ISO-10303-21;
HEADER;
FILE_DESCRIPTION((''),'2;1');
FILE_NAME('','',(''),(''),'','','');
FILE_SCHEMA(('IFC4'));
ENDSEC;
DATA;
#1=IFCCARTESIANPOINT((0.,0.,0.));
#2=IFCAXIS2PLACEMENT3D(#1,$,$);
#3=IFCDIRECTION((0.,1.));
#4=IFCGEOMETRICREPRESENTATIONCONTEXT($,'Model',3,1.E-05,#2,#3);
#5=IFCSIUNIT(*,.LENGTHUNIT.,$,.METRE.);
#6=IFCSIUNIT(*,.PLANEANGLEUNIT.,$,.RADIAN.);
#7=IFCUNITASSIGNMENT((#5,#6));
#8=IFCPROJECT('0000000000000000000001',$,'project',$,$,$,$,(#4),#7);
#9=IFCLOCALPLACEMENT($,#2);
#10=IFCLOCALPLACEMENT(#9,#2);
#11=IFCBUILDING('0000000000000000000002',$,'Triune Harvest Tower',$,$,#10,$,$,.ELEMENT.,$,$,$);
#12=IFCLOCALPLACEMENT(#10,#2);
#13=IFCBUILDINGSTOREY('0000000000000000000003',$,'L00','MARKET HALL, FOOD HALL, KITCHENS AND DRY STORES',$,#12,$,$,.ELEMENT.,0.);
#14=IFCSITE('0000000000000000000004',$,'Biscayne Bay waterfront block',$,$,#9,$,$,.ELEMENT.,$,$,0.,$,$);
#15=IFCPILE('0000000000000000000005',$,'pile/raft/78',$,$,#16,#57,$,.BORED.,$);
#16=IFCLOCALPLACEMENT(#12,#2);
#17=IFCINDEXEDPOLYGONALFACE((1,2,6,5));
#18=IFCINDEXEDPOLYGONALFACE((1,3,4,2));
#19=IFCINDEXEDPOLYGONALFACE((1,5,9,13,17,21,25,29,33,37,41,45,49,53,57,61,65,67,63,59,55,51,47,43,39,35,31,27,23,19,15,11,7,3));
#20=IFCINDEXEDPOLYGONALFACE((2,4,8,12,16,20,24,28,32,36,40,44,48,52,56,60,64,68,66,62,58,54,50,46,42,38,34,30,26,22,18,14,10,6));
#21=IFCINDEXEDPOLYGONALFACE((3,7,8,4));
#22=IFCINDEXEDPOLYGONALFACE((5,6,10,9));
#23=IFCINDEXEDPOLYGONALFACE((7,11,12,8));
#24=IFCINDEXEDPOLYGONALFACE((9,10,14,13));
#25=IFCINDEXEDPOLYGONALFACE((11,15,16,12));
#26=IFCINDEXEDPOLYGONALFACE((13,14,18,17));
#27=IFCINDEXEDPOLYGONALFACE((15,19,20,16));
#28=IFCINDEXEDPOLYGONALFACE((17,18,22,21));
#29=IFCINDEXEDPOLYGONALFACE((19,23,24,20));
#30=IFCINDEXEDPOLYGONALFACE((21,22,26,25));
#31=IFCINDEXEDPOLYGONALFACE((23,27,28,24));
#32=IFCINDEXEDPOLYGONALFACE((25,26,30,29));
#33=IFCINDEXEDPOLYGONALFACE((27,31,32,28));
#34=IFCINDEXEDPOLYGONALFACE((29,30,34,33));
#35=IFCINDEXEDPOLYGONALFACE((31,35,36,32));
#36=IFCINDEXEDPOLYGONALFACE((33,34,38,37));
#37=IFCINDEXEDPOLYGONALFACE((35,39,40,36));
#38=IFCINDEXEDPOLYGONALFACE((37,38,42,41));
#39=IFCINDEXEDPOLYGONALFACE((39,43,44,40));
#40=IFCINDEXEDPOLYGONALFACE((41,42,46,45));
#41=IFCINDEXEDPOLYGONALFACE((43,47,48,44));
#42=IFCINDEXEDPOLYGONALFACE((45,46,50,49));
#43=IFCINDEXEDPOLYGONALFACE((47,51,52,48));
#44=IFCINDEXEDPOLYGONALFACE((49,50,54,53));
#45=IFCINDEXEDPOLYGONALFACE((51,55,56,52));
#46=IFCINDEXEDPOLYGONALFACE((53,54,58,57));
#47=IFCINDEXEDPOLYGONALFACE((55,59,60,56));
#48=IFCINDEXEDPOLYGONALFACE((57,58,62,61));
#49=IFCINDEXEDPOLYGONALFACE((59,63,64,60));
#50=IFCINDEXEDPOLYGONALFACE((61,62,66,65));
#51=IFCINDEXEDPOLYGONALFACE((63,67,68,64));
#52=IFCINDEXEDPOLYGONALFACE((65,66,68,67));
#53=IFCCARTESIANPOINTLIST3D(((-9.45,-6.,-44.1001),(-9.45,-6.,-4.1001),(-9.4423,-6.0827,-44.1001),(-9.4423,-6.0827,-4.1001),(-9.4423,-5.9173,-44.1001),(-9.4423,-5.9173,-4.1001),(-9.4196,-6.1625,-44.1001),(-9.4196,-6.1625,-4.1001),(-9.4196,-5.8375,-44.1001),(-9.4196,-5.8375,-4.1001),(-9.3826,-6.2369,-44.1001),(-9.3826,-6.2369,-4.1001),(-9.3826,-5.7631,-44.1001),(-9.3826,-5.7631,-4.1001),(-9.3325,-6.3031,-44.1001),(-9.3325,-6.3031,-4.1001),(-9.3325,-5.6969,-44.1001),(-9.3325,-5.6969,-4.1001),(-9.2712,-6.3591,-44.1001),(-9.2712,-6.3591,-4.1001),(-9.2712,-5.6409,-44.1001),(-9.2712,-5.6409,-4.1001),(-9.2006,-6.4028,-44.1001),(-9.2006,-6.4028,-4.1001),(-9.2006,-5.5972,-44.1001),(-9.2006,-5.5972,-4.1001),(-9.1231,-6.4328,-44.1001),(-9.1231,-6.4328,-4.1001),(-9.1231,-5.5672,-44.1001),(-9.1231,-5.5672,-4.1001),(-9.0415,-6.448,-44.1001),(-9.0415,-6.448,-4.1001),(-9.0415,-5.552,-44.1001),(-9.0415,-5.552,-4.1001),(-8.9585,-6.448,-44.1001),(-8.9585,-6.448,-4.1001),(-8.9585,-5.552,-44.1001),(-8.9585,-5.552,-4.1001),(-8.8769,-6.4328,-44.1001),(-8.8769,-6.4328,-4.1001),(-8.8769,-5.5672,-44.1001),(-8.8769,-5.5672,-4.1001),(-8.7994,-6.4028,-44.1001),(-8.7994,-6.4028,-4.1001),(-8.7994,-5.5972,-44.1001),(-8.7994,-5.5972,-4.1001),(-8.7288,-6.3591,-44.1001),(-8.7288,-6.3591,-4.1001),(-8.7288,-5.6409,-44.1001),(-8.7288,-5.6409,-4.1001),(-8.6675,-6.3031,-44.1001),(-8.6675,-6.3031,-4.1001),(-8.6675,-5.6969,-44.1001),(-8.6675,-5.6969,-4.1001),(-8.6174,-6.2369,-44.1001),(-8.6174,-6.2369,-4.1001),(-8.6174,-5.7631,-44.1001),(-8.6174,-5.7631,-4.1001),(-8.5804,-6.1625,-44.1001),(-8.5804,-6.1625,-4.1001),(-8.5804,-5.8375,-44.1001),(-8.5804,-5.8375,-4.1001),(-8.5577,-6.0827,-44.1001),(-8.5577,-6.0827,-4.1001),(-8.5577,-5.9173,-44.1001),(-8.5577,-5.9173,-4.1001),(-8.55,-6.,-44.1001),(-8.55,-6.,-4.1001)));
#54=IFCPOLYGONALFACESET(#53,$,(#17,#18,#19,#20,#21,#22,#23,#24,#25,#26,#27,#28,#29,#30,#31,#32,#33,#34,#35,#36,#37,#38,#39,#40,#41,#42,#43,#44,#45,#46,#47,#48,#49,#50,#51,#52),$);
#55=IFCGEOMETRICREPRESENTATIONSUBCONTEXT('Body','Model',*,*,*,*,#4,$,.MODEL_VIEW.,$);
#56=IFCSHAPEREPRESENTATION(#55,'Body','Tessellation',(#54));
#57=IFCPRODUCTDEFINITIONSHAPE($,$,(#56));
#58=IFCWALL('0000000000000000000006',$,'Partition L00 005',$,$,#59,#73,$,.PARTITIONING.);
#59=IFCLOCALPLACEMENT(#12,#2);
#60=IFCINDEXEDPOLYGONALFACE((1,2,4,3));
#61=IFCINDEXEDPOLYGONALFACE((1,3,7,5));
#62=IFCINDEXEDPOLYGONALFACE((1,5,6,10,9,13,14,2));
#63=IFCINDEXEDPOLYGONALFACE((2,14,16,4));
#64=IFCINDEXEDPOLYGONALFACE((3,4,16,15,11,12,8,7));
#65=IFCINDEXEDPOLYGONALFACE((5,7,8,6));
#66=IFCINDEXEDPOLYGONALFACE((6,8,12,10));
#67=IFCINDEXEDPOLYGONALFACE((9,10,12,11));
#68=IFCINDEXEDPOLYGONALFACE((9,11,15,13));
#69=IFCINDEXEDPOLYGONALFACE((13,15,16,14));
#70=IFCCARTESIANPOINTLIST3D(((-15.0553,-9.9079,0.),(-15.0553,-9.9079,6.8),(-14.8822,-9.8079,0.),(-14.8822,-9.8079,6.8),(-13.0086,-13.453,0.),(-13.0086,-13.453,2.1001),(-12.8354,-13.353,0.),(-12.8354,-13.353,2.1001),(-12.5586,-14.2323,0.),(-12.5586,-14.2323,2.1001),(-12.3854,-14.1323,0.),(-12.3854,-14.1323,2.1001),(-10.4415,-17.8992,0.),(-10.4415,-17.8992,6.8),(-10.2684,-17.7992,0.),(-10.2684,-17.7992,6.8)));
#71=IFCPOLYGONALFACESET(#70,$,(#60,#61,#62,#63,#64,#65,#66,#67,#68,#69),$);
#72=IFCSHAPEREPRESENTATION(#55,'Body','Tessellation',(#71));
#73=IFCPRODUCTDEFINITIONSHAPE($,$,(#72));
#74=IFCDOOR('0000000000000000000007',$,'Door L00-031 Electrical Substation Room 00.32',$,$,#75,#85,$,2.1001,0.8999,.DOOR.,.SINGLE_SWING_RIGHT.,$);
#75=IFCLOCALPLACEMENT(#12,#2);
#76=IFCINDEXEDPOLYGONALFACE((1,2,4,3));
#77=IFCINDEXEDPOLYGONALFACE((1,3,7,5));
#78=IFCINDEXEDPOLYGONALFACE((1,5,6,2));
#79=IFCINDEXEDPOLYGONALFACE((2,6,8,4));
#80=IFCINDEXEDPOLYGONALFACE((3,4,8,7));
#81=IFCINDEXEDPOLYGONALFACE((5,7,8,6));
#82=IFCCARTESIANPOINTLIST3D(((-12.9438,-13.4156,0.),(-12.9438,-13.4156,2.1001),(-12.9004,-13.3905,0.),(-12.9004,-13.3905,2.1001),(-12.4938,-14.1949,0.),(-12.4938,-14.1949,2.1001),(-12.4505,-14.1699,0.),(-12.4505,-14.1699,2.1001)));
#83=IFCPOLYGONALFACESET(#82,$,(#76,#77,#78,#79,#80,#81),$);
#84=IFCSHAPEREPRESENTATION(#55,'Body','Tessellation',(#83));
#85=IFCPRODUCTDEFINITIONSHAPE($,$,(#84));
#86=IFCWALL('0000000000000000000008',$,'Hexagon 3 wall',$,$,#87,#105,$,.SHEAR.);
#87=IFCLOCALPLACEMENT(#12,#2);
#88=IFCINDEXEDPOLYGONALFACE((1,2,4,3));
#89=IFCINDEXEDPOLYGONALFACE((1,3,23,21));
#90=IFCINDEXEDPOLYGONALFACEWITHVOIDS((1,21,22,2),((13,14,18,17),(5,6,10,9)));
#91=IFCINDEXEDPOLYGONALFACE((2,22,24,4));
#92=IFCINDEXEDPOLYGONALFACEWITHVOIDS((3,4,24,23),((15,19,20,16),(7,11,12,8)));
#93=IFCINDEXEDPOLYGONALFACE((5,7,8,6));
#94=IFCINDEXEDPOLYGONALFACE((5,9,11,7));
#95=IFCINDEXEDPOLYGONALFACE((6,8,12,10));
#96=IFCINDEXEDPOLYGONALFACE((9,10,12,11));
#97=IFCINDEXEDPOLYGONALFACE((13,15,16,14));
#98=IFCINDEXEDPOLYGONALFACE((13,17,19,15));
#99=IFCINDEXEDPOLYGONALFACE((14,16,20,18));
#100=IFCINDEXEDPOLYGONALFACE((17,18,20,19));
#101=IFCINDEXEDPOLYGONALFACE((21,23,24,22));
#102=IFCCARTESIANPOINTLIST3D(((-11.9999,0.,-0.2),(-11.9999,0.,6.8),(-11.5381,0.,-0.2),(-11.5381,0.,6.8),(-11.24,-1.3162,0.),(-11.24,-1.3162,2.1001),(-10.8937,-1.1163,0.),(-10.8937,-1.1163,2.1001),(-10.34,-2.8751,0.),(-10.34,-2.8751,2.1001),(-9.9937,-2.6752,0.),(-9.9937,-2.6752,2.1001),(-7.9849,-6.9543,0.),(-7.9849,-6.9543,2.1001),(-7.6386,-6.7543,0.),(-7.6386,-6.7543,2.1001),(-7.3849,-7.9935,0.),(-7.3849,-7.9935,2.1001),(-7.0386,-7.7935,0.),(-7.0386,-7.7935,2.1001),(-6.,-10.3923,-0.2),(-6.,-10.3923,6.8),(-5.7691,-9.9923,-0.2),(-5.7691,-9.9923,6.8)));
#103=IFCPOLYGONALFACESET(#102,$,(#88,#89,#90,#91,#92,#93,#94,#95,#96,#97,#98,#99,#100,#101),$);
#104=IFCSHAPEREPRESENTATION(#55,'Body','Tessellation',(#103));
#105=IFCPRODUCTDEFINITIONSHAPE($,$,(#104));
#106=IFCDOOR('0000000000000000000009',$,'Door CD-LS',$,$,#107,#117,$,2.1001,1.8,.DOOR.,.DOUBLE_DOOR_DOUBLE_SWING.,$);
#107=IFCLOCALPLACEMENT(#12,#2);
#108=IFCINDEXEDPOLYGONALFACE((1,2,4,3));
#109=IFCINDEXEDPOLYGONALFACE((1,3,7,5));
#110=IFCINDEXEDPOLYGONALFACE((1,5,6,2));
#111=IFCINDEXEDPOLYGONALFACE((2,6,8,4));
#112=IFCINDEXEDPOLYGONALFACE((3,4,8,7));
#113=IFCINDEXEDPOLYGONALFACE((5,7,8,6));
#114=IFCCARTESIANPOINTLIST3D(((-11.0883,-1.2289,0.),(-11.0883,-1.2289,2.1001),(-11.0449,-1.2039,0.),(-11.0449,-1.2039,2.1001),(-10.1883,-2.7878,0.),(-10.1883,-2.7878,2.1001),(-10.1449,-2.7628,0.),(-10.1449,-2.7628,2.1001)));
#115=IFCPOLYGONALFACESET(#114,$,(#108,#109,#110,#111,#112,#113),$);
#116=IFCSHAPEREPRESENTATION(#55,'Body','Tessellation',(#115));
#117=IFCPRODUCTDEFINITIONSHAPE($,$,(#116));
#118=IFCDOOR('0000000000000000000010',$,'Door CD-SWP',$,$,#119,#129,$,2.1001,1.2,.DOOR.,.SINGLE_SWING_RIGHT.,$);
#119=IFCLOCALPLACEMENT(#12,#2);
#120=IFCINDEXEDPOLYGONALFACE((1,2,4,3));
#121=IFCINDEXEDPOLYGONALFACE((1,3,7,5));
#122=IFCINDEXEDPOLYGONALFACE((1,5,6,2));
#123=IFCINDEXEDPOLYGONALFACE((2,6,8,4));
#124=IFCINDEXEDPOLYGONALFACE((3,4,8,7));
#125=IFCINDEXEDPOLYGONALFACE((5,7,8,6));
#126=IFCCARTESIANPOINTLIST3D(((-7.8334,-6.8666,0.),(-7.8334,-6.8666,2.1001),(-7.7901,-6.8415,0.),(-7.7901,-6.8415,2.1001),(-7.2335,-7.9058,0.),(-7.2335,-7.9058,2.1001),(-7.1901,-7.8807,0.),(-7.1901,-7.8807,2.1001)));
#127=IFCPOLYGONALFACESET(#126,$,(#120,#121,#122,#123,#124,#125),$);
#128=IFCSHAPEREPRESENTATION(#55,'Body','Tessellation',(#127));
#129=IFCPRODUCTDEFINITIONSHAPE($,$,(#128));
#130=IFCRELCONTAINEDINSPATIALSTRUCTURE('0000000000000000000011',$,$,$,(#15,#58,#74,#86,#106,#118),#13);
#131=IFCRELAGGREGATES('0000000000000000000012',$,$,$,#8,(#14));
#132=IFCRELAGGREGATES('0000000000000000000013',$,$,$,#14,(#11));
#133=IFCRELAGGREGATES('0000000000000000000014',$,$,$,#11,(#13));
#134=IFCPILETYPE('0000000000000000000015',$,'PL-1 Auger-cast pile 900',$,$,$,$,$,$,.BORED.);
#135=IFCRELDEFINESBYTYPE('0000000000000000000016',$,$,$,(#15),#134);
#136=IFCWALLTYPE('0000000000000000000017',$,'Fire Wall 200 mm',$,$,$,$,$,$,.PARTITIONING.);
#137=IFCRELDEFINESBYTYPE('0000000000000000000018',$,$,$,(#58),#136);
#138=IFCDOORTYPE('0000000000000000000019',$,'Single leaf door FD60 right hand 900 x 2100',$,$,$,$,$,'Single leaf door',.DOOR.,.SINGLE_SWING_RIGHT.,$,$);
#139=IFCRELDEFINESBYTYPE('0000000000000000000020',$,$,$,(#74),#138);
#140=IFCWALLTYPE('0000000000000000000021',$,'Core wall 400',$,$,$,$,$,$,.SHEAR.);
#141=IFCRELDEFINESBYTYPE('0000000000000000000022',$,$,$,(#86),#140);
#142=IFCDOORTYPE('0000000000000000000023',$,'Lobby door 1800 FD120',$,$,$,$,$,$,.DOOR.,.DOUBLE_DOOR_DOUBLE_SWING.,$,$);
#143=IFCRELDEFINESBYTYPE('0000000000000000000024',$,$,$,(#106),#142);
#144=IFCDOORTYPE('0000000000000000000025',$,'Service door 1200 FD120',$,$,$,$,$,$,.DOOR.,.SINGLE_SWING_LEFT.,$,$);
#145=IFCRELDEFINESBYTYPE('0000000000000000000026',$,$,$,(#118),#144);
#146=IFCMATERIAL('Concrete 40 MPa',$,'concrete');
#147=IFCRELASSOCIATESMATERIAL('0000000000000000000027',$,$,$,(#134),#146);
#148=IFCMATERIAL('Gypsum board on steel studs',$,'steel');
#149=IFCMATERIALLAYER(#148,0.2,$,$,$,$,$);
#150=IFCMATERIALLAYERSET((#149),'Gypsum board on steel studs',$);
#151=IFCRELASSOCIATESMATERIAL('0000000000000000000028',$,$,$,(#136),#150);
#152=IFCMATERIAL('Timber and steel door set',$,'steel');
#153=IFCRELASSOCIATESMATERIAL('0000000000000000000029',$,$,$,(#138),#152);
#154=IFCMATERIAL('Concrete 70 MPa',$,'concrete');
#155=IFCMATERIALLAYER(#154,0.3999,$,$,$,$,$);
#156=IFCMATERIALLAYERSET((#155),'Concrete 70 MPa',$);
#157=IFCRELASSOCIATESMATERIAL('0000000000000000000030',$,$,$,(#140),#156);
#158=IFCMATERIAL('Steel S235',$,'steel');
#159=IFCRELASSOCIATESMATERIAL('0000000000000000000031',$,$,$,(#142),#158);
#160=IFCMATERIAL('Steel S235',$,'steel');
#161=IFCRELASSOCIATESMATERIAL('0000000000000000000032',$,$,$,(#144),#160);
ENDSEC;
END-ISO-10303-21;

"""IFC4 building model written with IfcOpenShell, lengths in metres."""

from ifc_helpers import new_model, si_unit, direction, frame, frame_2d, origin, origin_2d, place, context, subcontext, project, spatial, polyline, rectangle, circle, outline, extrude, source, transform, mapped, material, layer, layer_set, material_profile, profile_set, type_object, element, fill, save


model = new_model("IFC4")

# Units and contexts
model_context = context("Model", 3, precision=1e-05, world=origin(), true_north=direction((0.0, 1.0)))
body_context = subcontext(model_context, "Body", "Model", "MODEL_VIEW")
ifc_project = project(units=[si_unit("LENGTHUNIT", "METRE"), si_unit("PLANEANGLEUNIT", "RADIAN")], contexts=[model_context])

# Site, building, storey
site_placement = place(None, origin())
site = spatial("IfcSite", under=ifc_project, at=site_placement, Name="Biscayne Bay waterfront block", CompositionType="ELEMENT", RefElevation=0.0)
building_placement = place(site_placement, origin())
building = spatial("IfcBuilding", under=site, at=building_placement, Name="Triune Harvest Tower", CompositionType="ELEMENT")
storey_placement = place(building_placement, origin())
storey = spatial("IfcBuildingStorey", under=building, at=storey_placement, Name="L00", Description="MARKET HALL, FOOD HALL, KITCHENS AND DRY STORES", CompositionType="ELEMENT", Elevation=0.0)

# Pile
ifc_material_1 = material(Name="Concrete 40 MPa", Category="concrete")
ifc_material_profile = material_profile(ifc_material_1, circle(Radius=0.45, at=origin_2d()), Name="Bored 900")
ifc_profile_set = profile_set([ifc_material_profile], Name="Concrete 40 MPa")
pile_type = type_object("IfcPileType", Name="PL-1 Auger-cast pile 900", PredefinedType="BORED", material=ifc_profile_set)
shared_shape_1 = source(origin(), body_context, "Body", "SweptSolid", [
    extrude(circle(Radius=0.45, at=origin_2d()), origin(), (0.0, 0.0, 1.0), 40.0),
])
for number, where, z_axis, x_axis, name in (
    (1, (-9.0, -6.0, -4.1001), (0.0, 0.0, -1.0), (1.0, 0.0, 0.0), "pile/raft/78"),
):
    element("IfcPile", number, at=place(storey_placement, frame(where, z_axis=z_axis, x_axis=x_axis)), inside=storey, type_object=pile_type, Name=name, PredefinedType="BORED", context=body_context, shape_type="MappedRepresentation", body=[
        mapped(shared_shape_1, transform((0.0, 0.0, 0.0), scale=1.0)),
    ])

# Wall, opening, door
ifc_material_2 = material(Name="Gypsum board on steel studs", Category="steel")
ifc_layer_1 = layer(ifc_material_2, 0.2)
ifc_layer_set_1 = layer_set([ifc_layer_1], Name="Gypsum board on steel studs")
wall_type_1 = type_object("IfcWallType", Name="Fire Wall 200 mm", PredefinedType="PARTITIONING", material=ifc_layer_set_1)
wall_1_placement = place(storey_placement, frame((-14.9688, -9.8579, 0.0), z_axis=(0.0, 0.0, 1.0), x_axis=(0.500003, -0.866023, 0.0)))
wall_1 = element("IfcWall", 2, at=wall_1_placement, inside=storey, type_object=wall_type_1, Name="Partition L00 005", PredefinedType="PARTITIONING", context=body_context, shape_type="SweptSolid", body=[
    extrude(rectangle(XDim=9.2275, YDim=0.2, at=frame_2d((4.6138, 0.0))), origin(), (0.0, 0.0, 1.0), 6.8),
])
opening_1_placement = place(wall_1_placement, frame((4.0935, 0.0, 0.0)))
opening_1 = element("IfcOpeningElement", 3, at=opening_1_placement, cuts=wall_1, PredefinedType="OPENING", context=body_context, shape_type="SweptSolid", body=[
    extrude(rectangle(XDim=0.8999, YDim=2.1001, at=frame_2d((0.45, 1.05))), frame((0.0, 0.1099, 0.0), z_axis=(0.0, -1.0, 0.0), x_axis=(1.0, 0.0, 0.0)), (0.0, 0.0, 1.0), 0.22),
])
ifc_material_3 = material(Name="Timber and steel door set", Category="steel")
door_type_1 = type_object("IfcDoorType", Name="Single leaf door FD60 right hand 900 x 2100", ElementType="Single leaf door", OperationType="SINGLE_SWING_RIGHT", PredefinedType="DOOR", material=ifc_material_3)
door_1_placement = place(opening_1_placement, origin())
door_1 = element("IfcDoor", 4, at=door_1_placement, inside=storey, type_object=door_type_1, Name="Door L00-031 Electrical Substation Room 00.32", OperationType="SINGLE_SWING_RIGHT", OverallHeight=2.1001, OverallWidth=0.8999, PredefinedType="DOOR", context=body_context, shape_type="SweptSolid", body=[
    extrude(rectangle(XDim=0.8999, YDim=2.1001, at=frame_2d((0.45, 1.05))), frame((0.0, 0.0249, 0.0), z_axis=(0.0, -1.0, 0.0), x_axis=(1.0, 0.0, 0.0)), (0.0, 0.0, 1.0), 0.05),
])
fill(opening_1, door_1)

# Wall, openings, doors
ifc_material_4 = material(Name="Concrete 70 MPa", Category="concrete")
ifc_layer_2 = layer(ifc_material_4, 0.3999)
ifc_layer_set_2 = layer_set([ifc_layer_2], Name="Concrete 70 MPa")
wall_type_2 = type_object("IfcWallType", Name="Core wall 400", PredefinedType="SHEAR", material=ifc_layer_set_2)
shared_shape_2 = source(origin(), body_context, "Body", "SweptSolid", [
    extrude(outline(polyline([(-0.1155, -0.2), (11.8845, -0.2), (11.6536, 0.2), (0.1155, 0.2), (-0.1155, -0.2)])), origin(), (0.0, 0.0, 1.0), 7.0),
])
wall_2_placement = place(storey_placement, frame((-11.769, 0.0, -0.2), z_axis=(0.0, 0.0, 1.0), x_axis=(0.499997, -0.866027, 0.0)))
wall_2 = element("IfcWall", 5, at=wall_2_placement, inside=storey, type_object=wall_type_2, Name="Hexagon 3 wall", PredefinedType="SHEAR", context=body_context, shape_type="MappedRepresentation", body=[
    mapped(shared_shape_2, transform((0.0, 0.0, 0.0), scale=1.0)),
])
opening_2_placement = place(wall_2_placement, frame((1.4045, 0.0, 0.2)))
opening_2 = element("IfcOpeningElement", 6, at=opening_2_placement, cuts=wall_2, PredefinedType="OPENING", context=body_context, shape_type="SweptSolid", body=[
    extrude(rectangle(XDim=1.8, YDim=2.1001, at=frame_2d((0.8999, 1.05))), frame((0.0, 0.21, 0.0), z_axis=(0.0, -1.0, 0.0), x_axis=(1.0, 0.0, 0.0)), (0.0, 0.0, 1.0), 0.4199),
])
opening_3_placement = place(wall_2_placement, frame((7.9146, 0.0, 0.2)))
opening_3 = element("IfcOpeningElement", 7, at=opening_3_placement, cuts=wall_2, PredefinedType="OPENING", context=body_context, shape_type="SweptSolid", body=[
    extrude(rectangle(XDim=1.2, YDim=2.1001, at=frame_2d((0.6001, 1.05))), frame((0.0, 0.21, 0.0), z_axis=(0.0, -1.0, 0.0), x_axis=(1.0, 0.0, 0.0)), (0.0, 0.0, 1.0), 0.4199),
])
ifc_material_5 = material(Name="Steel S235", Category="steel")
door_type_2 = type_object("IfcDoorType", Name="Lobby door 1800 FD120", OperationType="DOUBLE_DOOR_DOUBLE_SWING", PredefinedType="DOOR", material=ifc_material_5)
door_2_placement = place(opening_2_placement, frame((1.8, 0.0, 0.0), z_axis=(0.0, 0.0, 1.0), x_axis=(-1.0, 0.0, 0.0)))
door_2 = element("IfcDoor", 8, at=door_2_placement, inside=storey, type_object=door_type_2, Name="Door CD-LS", OperationType="DOUBLE_DOOR_DOUBLE_SWING", OverallHeight=2.1001, OverallWidth=1.8, PredefinedType="DOOR", context=body_context, shape_type="SweptSolid", body=[
    extrude(rectangle(XDim=1.8, YDim=2.1001, at=frame_2d((0.8999, 1.05))), frame((0.0, 0.0249, 0.0), z_axis=(0.0, -1.0, 0.0), x_axis=(1.0, 0.0, 0.0)), (0.0, 0.0, 1.0), 0.05),
])
fill(opening_2, door_2)
ifc_material_6 = material(Name="Steel S235", Category="steel")
door_type_3 = type_object("IfcDoorType", Name="Service door 1200 FD120", OperationType="SINGLE_SWING_LEFT", PredefinedType="DOOR", material=ifc_material_6)
door_3_placement = place(opening_3_placement, frame((1.2, 0.0, 0.0), z_axis=(0.0, 0.0, 1.0), x_axis=(-1.0, 0.0, 0.0)))
door_3 = element("IfcDoor", 9, at=door_3_placement, inside=storey, type_object=door_type_3, Name="Door CD-SWP", OperationType="SINGLE_SWING_RIGHT", OverallHeight=2.1001, OverallWidth=1.2, PredefinedType="DOOR", context=body_context, shape_type="SweptSolid", body=[
    extrude(rectangle(XDim=1.2, YDim=2.1001, at=frame_2d((0.6001, 1.05))), frame((0.0, 0.0249, 0.0), z_axis=(0.0, -1.0, 0.0), x_axis=(1.0, 0.0, 0.0)), (0.0, 0.0, 1.0), 0.05),
])
fill(opening_3, door_3)

save(model, "model.ifc")
